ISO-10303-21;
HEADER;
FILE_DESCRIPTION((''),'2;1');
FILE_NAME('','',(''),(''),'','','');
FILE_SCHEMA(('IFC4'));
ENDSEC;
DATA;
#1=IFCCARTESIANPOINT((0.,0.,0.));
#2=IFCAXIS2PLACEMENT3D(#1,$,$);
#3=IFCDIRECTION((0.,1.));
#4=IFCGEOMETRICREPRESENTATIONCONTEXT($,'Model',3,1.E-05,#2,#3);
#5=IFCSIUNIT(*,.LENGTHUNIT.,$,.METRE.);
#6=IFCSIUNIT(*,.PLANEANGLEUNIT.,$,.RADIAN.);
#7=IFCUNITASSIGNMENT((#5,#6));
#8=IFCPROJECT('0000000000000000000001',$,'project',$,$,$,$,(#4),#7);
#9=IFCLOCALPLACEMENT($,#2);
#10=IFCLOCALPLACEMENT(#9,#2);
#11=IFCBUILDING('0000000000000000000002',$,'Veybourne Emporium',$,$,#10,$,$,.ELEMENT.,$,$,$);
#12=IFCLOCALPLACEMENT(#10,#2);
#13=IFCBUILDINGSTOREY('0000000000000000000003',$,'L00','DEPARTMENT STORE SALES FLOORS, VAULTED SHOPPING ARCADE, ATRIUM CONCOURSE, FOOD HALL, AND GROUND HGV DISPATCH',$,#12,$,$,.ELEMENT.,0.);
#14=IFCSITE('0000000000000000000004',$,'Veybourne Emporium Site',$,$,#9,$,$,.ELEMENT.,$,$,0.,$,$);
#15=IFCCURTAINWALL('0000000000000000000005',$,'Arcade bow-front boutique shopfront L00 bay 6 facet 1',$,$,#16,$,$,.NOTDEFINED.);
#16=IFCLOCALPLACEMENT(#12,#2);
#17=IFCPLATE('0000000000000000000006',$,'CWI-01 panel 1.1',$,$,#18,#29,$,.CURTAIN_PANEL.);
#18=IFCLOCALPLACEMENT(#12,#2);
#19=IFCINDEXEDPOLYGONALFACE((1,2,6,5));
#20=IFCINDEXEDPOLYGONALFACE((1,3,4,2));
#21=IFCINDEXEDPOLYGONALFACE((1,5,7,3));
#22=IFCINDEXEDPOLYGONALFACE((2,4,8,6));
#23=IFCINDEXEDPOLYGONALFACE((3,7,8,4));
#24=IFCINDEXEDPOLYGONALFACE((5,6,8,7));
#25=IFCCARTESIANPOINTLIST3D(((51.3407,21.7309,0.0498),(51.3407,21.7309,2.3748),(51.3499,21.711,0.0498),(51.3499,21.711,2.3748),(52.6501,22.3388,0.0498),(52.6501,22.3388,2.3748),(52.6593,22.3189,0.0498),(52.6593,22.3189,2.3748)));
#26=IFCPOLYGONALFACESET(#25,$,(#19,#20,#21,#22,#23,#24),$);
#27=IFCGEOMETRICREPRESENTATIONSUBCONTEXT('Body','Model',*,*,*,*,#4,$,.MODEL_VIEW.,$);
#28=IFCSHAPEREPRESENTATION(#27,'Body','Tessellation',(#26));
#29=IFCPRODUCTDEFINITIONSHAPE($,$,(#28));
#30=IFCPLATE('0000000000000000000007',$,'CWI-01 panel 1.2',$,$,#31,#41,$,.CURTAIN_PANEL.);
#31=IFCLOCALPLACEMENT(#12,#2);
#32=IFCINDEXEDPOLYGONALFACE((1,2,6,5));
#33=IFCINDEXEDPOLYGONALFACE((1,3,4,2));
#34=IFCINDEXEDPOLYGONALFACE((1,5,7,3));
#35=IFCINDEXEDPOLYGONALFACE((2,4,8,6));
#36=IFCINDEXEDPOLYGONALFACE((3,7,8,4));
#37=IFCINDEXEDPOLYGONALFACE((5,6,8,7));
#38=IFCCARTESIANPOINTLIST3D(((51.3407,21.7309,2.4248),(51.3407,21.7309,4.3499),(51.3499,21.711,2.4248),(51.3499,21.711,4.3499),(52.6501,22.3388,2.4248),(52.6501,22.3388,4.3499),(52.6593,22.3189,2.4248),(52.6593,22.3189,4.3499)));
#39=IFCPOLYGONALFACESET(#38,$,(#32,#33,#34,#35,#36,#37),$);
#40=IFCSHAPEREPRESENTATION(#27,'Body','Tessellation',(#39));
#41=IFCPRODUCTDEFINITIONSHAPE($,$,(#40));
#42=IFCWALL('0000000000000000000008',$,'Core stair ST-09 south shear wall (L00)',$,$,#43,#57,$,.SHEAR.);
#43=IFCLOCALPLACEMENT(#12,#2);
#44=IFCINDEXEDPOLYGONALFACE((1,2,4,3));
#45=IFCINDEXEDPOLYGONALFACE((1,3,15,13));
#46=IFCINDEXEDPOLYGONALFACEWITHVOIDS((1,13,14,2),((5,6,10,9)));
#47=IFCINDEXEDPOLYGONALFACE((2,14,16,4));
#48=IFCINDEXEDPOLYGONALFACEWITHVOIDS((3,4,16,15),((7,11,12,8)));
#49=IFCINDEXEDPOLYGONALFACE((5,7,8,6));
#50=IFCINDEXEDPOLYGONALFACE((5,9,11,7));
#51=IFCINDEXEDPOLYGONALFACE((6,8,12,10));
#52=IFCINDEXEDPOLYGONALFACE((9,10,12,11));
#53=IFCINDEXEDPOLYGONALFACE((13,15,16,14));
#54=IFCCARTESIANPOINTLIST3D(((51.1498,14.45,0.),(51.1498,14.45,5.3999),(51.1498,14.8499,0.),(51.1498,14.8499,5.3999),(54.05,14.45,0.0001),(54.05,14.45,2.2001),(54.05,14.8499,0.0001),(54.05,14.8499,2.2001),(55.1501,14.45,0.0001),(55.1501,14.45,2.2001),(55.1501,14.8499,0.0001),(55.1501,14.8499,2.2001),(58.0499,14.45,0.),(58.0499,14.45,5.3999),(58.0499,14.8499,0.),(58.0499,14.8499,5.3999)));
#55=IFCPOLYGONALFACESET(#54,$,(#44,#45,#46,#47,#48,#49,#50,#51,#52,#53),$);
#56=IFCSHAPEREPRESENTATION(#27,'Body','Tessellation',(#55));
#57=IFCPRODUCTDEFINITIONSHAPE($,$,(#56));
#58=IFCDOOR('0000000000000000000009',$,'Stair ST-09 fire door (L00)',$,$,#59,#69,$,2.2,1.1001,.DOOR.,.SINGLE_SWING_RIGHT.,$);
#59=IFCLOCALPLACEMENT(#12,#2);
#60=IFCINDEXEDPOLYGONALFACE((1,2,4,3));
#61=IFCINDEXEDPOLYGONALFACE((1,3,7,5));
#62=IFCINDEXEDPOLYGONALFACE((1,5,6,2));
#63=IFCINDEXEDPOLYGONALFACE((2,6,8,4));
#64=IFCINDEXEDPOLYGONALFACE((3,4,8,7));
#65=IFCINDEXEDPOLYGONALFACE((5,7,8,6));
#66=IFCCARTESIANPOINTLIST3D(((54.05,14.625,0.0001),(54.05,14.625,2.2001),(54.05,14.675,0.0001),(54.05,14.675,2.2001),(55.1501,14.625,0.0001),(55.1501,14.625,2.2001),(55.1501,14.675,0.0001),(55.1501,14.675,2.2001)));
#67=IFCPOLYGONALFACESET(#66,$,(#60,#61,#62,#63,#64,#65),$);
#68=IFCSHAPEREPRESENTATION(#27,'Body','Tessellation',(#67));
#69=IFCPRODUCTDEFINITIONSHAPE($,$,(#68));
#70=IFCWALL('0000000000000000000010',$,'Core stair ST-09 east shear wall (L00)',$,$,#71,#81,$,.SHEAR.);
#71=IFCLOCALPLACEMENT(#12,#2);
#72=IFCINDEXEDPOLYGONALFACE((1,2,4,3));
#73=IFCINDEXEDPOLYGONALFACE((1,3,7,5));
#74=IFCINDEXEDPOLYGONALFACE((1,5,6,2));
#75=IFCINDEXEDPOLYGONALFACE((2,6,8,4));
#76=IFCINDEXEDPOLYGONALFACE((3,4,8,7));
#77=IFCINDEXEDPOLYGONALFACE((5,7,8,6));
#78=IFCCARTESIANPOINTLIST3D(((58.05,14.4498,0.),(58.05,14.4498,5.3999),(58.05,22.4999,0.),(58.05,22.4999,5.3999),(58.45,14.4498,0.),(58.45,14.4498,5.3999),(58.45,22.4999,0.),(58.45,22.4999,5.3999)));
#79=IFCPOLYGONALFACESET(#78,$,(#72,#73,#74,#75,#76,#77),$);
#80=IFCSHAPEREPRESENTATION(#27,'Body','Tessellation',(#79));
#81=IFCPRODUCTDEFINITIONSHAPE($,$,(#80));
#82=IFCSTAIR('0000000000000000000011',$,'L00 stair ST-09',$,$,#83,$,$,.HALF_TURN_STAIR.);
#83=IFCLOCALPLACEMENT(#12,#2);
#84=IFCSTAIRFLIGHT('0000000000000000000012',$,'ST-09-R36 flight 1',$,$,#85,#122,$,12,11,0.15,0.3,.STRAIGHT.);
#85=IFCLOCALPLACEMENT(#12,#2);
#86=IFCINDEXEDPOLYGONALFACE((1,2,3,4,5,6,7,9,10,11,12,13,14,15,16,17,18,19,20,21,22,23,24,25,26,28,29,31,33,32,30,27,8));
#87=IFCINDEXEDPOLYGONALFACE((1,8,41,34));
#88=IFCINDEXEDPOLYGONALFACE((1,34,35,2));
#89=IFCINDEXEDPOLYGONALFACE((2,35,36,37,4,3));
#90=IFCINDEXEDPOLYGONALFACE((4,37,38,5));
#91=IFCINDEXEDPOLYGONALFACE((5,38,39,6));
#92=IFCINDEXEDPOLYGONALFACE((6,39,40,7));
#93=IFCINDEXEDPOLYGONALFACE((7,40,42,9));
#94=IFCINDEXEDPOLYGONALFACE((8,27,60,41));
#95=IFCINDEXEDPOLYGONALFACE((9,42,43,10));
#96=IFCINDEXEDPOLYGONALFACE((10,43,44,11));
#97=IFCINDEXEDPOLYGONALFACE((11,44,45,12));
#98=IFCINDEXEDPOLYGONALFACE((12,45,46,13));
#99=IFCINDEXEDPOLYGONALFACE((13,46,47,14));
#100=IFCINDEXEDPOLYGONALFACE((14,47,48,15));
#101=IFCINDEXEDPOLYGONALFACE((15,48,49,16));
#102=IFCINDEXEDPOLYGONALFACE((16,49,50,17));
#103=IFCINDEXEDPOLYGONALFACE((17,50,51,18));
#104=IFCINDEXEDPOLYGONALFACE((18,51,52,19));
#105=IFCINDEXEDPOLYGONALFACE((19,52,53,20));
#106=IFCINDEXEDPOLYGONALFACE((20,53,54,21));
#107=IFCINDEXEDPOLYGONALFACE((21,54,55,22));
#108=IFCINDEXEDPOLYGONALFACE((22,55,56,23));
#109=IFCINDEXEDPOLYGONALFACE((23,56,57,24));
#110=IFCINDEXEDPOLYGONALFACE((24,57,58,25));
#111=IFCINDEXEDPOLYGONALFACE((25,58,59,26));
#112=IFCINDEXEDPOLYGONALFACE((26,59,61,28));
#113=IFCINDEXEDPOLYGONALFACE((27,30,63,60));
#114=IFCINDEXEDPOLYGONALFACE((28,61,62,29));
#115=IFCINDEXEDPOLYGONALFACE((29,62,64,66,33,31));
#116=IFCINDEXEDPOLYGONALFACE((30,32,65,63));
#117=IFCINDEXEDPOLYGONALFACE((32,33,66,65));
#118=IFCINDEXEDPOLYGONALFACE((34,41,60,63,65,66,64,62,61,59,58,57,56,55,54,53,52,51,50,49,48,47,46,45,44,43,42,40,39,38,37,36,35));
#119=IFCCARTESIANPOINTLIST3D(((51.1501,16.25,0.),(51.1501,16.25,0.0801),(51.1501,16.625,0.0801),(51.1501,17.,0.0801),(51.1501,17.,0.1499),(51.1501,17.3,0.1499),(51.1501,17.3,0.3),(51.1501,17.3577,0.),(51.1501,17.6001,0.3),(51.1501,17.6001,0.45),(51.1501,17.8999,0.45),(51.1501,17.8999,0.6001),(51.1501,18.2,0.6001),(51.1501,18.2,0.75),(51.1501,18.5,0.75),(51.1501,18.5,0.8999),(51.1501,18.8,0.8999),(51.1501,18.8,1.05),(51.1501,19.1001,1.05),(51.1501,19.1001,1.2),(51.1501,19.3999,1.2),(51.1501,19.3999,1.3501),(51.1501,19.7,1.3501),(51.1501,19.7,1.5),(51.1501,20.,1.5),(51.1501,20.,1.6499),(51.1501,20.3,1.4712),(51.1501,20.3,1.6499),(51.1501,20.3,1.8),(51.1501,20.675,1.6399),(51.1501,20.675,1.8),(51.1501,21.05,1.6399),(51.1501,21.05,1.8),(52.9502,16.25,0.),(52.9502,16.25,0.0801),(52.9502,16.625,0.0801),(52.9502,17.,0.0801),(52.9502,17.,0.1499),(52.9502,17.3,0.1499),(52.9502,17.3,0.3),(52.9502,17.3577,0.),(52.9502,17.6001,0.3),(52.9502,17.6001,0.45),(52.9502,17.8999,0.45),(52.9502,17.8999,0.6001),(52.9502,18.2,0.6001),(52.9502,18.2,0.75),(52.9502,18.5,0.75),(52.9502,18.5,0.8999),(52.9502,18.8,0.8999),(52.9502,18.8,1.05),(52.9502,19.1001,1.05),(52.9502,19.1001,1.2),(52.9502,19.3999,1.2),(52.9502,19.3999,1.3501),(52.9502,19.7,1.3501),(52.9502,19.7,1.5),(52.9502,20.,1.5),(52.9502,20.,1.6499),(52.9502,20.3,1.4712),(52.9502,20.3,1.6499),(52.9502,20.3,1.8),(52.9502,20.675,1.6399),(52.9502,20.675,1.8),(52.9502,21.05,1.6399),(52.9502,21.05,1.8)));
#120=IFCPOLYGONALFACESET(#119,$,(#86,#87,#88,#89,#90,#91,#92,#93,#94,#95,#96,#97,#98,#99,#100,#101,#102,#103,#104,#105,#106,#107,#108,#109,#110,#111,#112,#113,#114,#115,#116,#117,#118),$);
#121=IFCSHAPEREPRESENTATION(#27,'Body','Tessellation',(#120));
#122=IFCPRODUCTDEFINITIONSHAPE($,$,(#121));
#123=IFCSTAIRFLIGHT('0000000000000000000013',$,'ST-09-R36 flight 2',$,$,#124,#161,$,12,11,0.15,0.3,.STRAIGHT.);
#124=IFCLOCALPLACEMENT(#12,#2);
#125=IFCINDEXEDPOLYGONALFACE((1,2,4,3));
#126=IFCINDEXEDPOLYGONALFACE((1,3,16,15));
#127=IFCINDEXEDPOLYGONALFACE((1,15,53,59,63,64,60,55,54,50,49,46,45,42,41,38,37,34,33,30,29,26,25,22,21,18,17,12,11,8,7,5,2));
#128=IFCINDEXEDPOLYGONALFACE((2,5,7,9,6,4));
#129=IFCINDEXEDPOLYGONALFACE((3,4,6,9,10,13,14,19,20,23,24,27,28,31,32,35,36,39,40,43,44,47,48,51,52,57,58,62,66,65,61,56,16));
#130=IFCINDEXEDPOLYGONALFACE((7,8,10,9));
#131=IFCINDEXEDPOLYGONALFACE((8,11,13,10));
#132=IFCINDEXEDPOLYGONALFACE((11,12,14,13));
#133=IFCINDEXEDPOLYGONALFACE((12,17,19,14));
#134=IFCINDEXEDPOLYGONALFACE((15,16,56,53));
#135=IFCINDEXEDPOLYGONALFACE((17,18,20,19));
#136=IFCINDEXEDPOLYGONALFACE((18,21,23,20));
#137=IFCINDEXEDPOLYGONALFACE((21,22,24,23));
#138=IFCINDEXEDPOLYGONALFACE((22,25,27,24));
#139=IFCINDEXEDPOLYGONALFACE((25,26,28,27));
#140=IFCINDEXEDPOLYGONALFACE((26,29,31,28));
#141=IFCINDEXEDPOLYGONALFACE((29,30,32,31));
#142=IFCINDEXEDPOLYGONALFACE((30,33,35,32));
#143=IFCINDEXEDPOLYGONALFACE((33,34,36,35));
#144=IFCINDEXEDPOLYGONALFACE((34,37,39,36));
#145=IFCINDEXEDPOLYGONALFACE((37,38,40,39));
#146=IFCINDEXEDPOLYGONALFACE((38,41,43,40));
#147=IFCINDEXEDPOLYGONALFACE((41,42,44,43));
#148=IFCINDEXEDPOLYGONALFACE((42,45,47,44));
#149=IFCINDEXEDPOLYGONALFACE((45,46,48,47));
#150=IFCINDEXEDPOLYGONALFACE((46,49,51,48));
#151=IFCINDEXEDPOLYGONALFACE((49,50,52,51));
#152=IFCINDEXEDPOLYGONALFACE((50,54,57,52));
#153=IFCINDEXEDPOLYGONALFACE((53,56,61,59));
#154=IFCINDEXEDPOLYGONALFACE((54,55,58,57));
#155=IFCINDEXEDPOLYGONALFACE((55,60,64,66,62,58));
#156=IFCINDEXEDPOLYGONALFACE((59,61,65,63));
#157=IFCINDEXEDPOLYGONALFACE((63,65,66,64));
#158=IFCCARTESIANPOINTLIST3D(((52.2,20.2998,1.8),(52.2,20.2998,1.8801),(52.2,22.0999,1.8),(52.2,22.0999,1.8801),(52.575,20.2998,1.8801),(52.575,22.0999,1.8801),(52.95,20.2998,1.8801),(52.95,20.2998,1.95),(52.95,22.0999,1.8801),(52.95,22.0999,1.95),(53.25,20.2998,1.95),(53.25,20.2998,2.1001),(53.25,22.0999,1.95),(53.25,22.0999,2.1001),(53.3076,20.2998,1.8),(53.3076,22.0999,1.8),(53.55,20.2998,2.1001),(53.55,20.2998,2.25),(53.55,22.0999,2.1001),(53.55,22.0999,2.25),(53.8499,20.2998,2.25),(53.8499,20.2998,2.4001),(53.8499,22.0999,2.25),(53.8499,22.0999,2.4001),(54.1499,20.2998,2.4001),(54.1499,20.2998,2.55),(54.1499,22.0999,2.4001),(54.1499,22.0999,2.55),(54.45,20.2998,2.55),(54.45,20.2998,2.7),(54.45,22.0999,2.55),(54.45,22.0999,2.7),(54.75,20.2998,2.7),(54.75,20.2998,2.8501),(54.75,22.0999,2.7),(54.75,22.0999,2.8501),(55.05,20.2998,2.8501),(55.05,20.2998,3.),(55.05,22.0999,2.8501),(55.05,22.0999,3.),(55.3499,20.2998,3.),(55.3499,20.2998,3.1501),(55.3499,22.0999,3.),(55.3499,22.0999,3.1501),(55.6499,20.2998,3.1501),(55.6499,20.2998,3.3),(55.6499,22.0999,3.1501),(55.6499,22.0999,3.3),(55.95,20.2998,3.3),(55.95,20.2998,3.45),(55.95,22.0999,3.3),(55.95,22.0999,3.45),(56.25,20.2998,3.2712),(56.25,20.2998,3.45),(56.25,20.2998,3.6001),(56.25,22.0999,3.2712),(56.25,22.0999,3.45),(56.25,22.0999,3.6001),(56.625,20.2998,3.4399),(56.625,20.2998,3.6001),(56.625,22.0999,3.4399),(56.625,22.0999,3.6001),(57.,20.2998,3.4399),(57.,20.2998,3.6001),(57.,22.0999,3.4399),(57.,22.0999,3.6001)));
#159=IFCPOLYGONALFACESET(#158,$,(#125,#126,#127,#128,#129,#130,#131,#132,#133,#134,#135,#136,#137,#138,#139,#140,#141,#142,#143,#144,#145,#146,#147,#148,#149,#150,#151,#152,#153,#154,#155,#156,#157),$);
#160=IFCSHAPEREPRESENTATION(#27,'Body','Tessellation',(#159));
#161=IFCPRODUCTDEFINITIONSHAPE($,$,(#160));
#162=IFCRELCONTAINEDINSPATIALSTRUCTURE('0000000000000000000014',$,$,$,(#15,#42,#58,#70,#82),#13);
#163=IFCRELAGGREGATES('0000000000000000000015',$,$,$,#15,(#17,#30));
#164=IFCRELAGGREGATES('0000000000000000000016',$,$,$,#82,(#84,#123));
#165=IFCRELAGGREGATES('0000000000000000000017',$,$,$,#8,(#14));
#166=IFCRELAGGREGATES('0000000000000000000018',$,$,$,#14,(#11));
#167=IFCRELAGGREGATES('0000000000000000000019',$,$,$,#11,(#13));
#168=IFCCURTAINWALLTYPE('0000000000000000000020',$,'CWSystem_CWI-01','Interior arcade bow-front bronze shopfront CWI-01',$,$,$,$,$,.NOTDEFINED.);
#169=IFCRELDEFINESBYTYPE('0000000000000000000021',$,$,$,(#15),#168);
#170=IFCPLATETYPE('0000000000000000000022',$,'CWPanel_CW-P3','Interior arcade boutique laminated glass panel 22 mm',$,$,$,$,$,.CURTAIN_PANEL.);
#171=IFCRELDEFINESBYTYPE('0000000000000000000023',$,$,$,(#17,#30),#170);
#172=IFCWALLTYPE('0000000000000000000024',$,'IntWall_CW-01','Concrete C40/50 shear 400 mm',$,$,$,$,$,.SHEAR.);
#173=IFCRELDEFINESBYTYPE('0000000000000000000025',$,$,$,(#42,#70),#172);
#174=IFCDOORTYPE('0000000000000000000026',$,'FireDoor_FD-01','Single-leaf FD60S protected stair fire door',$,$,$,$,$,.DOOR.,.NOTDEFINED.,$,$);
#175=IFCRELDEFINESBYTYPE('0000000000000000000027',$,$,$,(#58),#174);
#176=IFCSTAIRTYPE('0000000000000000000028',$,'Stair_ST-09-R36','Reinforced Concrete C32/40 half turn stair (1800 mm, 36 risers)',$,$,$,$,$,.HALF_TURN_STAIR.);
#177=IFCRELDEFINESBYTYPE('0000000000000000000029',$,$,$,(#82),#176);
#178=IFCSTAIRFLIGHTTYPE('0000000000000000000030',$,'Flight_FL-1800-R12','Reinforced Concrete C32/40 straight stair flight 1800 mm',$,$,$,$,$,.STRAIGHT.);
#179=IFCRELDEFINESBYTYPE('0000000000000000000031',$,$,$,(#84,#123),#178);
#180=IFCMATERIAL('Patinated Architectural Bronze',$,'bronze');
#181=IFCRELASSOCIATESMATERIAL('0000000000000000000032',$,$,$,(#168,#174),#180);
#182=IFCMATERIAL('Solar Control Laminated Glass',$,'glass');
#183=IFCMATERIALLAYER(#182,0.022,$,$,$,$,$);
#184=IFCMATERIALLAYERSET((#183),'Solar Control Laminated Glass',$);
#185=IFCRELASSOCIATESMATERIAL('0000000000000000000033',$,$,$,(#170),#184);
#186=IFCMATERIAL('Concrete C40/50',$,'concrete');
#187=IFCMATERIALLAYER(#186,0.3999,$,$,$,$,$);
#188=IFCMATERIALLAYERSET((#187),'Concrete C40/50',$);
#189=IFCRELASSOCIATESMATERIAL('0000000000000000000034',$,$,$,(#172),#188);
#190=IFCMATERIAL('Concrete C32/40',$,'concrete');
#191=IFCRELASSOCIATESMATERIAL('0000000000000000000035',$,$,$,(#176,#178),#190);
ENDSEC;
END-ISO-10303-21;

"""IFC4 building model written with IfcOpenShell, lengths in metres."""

from ifc_helpers import new_model, si_unit, direction, frame, frame_2d, origin, origin_2d, place, context, subcontext, project, spatial, polyline, rectangle, outline, extrude, material, layer, layer_set, type_object, element, fill, aggregate, save


model = new_model("IFC4")

# Units and contexts
model_context = context("Model", 3, precision=1e-05, world=origin(), true_north=direction((0.0, 1.0)))
body_context = subcontext(model_context, "Body", "Model", "MODEL_VIEW")
ifc_project = project(units=[si_unit("LENGTHUNIT", "METRE"), si_unit("PLANEANGLEUNIT", "RADIAN")], contexts=[model_context])

# Site, building, storey
site_placement = place(None, origin())
site = spatial("IfcSite", under=ifc_project, at=site_placement, Name="Veybourne Emporium Site", CompositionType="ELEMENT", RefElevation=0.0)
building_placement = place(site_placement, origin())
building = spatial("IfcBuilding", under=site, at=building_placement, Name="Veybourne Emporium", CompositionType="ELEMENT")
storey_placement = place(building_placement, origin())
storey = spatial("IfcBuildingStorey", under=building, at=storey_placement, Name="L00", Description="DEPARTMENT STORE SALES FLOORS, VAULTED SHOPPING ARCADE, ATRIUM CONCOURSE, FOOD HALL, AND GROUND HGV DISPATCH", CompositionType="ELEMENT", Elevation=0.0)

# Shared definitions
ifc_material_1 = material(Name="Concrete C40/50", Category="concrete")

# Curtain wall
ifc_material_2 = material(Name="Patinated Architectural Bronze", Category="bronze")
curtain_wall_type_1 = type_object("IfcCurtainWallType", Name="CWSystem_CWI-01", Description="Interior arcade bow-front bronze shopfront CWI-01", PredefinedType="NOTDEFINED", material=ifc_material_2)
curtain_wall_1_placement = place(storey_placement, origin())
curtain_wall_1 = element("IfcCurtainWall", 1, at=curtain_wall_1_placement, inside=storey, type_object=curtain_wall_type_1, Name="Arcade bow-front boutique shopfront L00 bay 6 facet 1", PredefinedType="NOTDEFINED")

# Shared definitions
ifc_material_3 = material(Name="Concrete C32/40", Category="concrete")

# Plates
ifc_material_4 = material(Name="Solar Control Laminated Glass", Category="glass")
ifc_layer_1 = layer(ifc_material_4, 0.022)
ifc_layer_set_1 = layer_set([ifc_layer_1], Name="Solar Control Laminated Glass")
plate_type = type_object("IfcPlateType", Name="CWPanel_CW-P3", Description="Interior arcade boutique laminated glass panel 22 mm", PredefinedType="CURTAIN_PANEL", material=ifc_layer_set_1)
plate_1_placement = place(storey_placement, frame((52.0, 22.0249, 0.0498), z_axis=(0.0, 0.0, 1.0), x_axis=(0.907009, 0.421111, 0.0)))
plate_1 = element("IfcPlate", 2, at=plate_1_placement, type_object=plate_type, Name="CWI-01 panel 1.1", PredefinedType="CURTAIN_PANEL", context=body_context, shape_type="SweptSolid", body=[
    extrude(rectangle(XDim=1.4436, YDim=0.022, at=origin_2d()), origin(), (0.0, 0.0, 1.0), 2.325),
])
plate_2_placement = place(storey_placement, frame((52.0, 22.0249, 2.4248), z_axis=(0.0, 0.0, 1.0), x_axis=(0.907009, 0.421111, 0.0)))
plate_2 = element("IfcPlate", 3, at=plate_2_placement, type_object=plate_type, Name="CWI-01 panel 1.2", PredefinedType="CURTAIN_PANEL", context=body_context, shape_type="SweptSolid", body=[
    extrude(rectangle(XDim=1.4436, YDim=0.022, at=origin_2d()), origin(), (0.0, 0.0, 1.0), 1.925),
])
aggregate(curtain_wall_1, [plate_1, plate_2])

# Wall, opening, door
ifc_layer_2 = layer(ifc_material_1, 0.3999)
ifc_layer_set_2 = layer_set([ifc_layer_2], Name="Concrete C40/50")
wall_type = type_object("IfcWallType", Name="IntWall_CW-01", Description="Concrete C40/50 shear 400 mm", PredefinedType="SHEAR", material=ifc_layer_set_2)
wall_1_placement = place(storey_placement, frame((58.05, 14.6499, 0.0), z_axis=(0.0, 0.0, 1.0), x_axis=(-1.0, 0.0, 0.0)))
wall_1 = element("IfcWall", 4, at=wall_1_placement, inside=storey, type_object=wall_type, Name="Core stair ST-09 south shear wall (L00)", PredefinedType="SHEAR", context=body_context, shape_type="SweptSolid", body=[
    extrude(rectangle(XDim=6.9001, YDim=0.3999, at=frame_2d((3.4502, 0.0))), origin(), (0.0, 0.0, 1.0), 5.3999),
])
opening_placement = place(wall_1_placement, frame((2.8999, 0.0, 0.0)))
opening = element("IfcOpeningElement", 5, at=opening_placement, cuts=wall_1, PredefinedType="OPENING", context=body_context, shape_type="SweptSolid", body=[
    extrude(rectangle(XDim=1.1001, YDim=2.2, at=frame_2d((0.55, 1.1001))), frame((0.0, 0.22, 0.0), z_axis=(0.0, -1.0, 0.0), x_axis=(1.0, 0.0, 0.0)), (0.0, 0.0, 1.0), 0.4399),
])
door_type = type_object("IfcDoorType", Name="FireDoor_FD-01", Description="Single-leaf FD60S protected stair fire door", OperationType="NOTDEFINED", PredefinedType="DOOR", material=ifc_material_2)
door_placement = place(opening_placement, origin())
door = element("IfcDoor", 6, at=door_placement, inside=storey, type_object=door_type, Name="Stair ST-09 fire door (L00)", OperationType="SINGLE_SWING_RIGHT", OverallHeight=2.2, OverallWidth=1.1001, PredefinedType="DOOR", context=body_context, shape_type="SweptSolid", body=[
    extrude(rectangle(XDim=1.1001, YDim=2.2, at=frame_2d((0.55, 1.1001))), frame((0.0, 0.0249, 0.0), z_axis=(0.0, -1.0, 0.0), x_axis=(1.0, 0.0, 0.0)), (0.0, 0.0, 1.0), 0.05),
])
fill(opening, door)

# Wall
wall_2_placement = place(storey_placement, frame((58.25, 14.45, 0.0), z_axis=(0.0, 0.0, 1.0), x_axis=(0.0, 1.0, 0.0)))
element("IfcWall", 7, at=wall_2_placement, inside=storey, type_object=wall_type, Name="Core stair ST-09 east shear wall (L00)", PredefinedType="SHEAR", context=body_context, shape_type="SweptSolid", body=[
    extrude(rectangle(XDim=8.05, YDim=0.3999, at=frame_2d((4.0249, 0.0))), origin(), (0.0, 0.0, 1.0), 5.3999),
])

# Stair, stair flights
stair_type = type_object("IfcStairType", Name="Stair_ST-09-R36", Description="Reinforced Concrete C32/40 half turn stair (1800 mm, 36 risers)", PredefinedType="HALF_TURN_STAIR", material=ifc_material_3)
stair_placement = place(storey_placement, origin())
stair = element("IfcStair", 8, at=stair_placement, inside=storey, type_object=stair_type, Name="L00 stair ST-09", PredefinedType="HALF_TURN_STAIR")
stair_flight_type = type_object("IfcStairFlightType", Name="Flight_FL-1800-R12", Description="Reinforced Concrete C32/40 straight stair flight 1800 mm", PredefinedType="STRAIGHT", material=ifc_material_3)
stair_flight_1_placement = place(storey_placement, frame((52.05, 17.0, 0.0), z_axis=(0.0, 0.0, 1.0), x_axis=(0.0, 1.0, 0.0)))
stair_flight_1 = element("IfcStairFlight", 9, at=stair_flight_1_placement, type_object=stair_flight_type, Name="ST-09-R36 flight 1", NumberOfRisers=12, NumberOfTreads=11, PredefinedType="STRAIGHT", RiserHeight=0.15, TreadLength=0.3, context=body_context, shape_type="SweptSolid", body=[
    extrude(outline(polyline([(-0.75, 0.0), (-0.75, 0.0801), (-0.375, 0.0801), (0.0, 0.0801), (0.0, 0.1499), (0.3, 0.1499), (0.3, 0.3), (0.6001, 0.3), (0.6001, 0.45), (0.8999, 0.45), (0.8999, 0.6001), (1.2, 0.6001), (1.2, 0.75), (1.5, 0.75), (1.5, 0.8999), (1.8, 0.8999), (1.8, 1.05), (2.1001, 1.05), (2.1001, 1.2), (2.3999, 1.2), (2.3999, 1.3501), (2.7, 1.3501), (2.7, 1.5), (3.0, 1.5), (3.0, 1.6499), (3.3, 1.6499), (3.3, 1.8), (3.675, 1.8), (4.05, 1.8), (4.05, 1.6399), (3.675, 1.6399), (3.3, 1.4712), (0.3577, 0.0), (-0.75, 0.0)])), frame((0.0, 0.8999, 0.0), z_axis=(0.0, -1.0, 0.0), x_axis=(1.0, 0.0, 0.0)), (0.0, 0.0, 1.0), 1.8),
])
stair_flight_2_placement = place(storey_placement, frame((52.95, 21.2, 1.8), z_axis=(0.0, 0.0, 1.0), x_axis=(1.0, 0.0, 0.0)))
stair_flight_2 = element("IfcStairFlight", 10, at=stair_flight_2_placement, type_object=stair_flight_type, Name="ST-09-R36 flight 2", NumberOfRisers=12, NumberOfTreads=11, PredefinedType="STRAIGHT", RiserHeight=0.15, TreadLength=0.3, context=body_context, shape_type="SweptSolid", body=[
    extrude(outline(polyline([(-0.75, 0.0), (-0.75, 0.0801), (-0.375, 0.0801), (0.0, 0.0801), (0.0, 0.1499), (0.3, 0.1499), (0.3, 0.3), (0.6001, 0.3), (0.6001, 0.45), (0.8999, 0.45), (0.8999, 0.6001), (1.2, 0.6001), (1.2, 0.75), (1.5, 0.75), (1.5, 0.8999), (1.8, 0.8999), (1.8, 1.05), (2.1001, 1.05), (2.1001, 1.2), (2.3999, 1.2), (2.3999, 1.3501), (2.7, 1.3501), (2.7, 1.5), (3.0, 1.5), (3.0, 1.6499), (3.3, 1.6499), (3.3, 1.8), (3.675, 1.8), (4.05, 1.8), (4.05, 1.6399), (3.675, 1.6399), (3.3, 1.4712), (0.3577, 0.0), (-0.75, 0.0)])), frame((0.0, 0.8999, 0.0), z_axis=(0.0, -1.0, 0.0), x_axis=(1.0, 0.0, 0.0)), (0.0, 0.0, 1.0), 1.8),
])
aggregate(stair, [stair_flight_1, stair_flight_2])

save(model, "model.ifc")
